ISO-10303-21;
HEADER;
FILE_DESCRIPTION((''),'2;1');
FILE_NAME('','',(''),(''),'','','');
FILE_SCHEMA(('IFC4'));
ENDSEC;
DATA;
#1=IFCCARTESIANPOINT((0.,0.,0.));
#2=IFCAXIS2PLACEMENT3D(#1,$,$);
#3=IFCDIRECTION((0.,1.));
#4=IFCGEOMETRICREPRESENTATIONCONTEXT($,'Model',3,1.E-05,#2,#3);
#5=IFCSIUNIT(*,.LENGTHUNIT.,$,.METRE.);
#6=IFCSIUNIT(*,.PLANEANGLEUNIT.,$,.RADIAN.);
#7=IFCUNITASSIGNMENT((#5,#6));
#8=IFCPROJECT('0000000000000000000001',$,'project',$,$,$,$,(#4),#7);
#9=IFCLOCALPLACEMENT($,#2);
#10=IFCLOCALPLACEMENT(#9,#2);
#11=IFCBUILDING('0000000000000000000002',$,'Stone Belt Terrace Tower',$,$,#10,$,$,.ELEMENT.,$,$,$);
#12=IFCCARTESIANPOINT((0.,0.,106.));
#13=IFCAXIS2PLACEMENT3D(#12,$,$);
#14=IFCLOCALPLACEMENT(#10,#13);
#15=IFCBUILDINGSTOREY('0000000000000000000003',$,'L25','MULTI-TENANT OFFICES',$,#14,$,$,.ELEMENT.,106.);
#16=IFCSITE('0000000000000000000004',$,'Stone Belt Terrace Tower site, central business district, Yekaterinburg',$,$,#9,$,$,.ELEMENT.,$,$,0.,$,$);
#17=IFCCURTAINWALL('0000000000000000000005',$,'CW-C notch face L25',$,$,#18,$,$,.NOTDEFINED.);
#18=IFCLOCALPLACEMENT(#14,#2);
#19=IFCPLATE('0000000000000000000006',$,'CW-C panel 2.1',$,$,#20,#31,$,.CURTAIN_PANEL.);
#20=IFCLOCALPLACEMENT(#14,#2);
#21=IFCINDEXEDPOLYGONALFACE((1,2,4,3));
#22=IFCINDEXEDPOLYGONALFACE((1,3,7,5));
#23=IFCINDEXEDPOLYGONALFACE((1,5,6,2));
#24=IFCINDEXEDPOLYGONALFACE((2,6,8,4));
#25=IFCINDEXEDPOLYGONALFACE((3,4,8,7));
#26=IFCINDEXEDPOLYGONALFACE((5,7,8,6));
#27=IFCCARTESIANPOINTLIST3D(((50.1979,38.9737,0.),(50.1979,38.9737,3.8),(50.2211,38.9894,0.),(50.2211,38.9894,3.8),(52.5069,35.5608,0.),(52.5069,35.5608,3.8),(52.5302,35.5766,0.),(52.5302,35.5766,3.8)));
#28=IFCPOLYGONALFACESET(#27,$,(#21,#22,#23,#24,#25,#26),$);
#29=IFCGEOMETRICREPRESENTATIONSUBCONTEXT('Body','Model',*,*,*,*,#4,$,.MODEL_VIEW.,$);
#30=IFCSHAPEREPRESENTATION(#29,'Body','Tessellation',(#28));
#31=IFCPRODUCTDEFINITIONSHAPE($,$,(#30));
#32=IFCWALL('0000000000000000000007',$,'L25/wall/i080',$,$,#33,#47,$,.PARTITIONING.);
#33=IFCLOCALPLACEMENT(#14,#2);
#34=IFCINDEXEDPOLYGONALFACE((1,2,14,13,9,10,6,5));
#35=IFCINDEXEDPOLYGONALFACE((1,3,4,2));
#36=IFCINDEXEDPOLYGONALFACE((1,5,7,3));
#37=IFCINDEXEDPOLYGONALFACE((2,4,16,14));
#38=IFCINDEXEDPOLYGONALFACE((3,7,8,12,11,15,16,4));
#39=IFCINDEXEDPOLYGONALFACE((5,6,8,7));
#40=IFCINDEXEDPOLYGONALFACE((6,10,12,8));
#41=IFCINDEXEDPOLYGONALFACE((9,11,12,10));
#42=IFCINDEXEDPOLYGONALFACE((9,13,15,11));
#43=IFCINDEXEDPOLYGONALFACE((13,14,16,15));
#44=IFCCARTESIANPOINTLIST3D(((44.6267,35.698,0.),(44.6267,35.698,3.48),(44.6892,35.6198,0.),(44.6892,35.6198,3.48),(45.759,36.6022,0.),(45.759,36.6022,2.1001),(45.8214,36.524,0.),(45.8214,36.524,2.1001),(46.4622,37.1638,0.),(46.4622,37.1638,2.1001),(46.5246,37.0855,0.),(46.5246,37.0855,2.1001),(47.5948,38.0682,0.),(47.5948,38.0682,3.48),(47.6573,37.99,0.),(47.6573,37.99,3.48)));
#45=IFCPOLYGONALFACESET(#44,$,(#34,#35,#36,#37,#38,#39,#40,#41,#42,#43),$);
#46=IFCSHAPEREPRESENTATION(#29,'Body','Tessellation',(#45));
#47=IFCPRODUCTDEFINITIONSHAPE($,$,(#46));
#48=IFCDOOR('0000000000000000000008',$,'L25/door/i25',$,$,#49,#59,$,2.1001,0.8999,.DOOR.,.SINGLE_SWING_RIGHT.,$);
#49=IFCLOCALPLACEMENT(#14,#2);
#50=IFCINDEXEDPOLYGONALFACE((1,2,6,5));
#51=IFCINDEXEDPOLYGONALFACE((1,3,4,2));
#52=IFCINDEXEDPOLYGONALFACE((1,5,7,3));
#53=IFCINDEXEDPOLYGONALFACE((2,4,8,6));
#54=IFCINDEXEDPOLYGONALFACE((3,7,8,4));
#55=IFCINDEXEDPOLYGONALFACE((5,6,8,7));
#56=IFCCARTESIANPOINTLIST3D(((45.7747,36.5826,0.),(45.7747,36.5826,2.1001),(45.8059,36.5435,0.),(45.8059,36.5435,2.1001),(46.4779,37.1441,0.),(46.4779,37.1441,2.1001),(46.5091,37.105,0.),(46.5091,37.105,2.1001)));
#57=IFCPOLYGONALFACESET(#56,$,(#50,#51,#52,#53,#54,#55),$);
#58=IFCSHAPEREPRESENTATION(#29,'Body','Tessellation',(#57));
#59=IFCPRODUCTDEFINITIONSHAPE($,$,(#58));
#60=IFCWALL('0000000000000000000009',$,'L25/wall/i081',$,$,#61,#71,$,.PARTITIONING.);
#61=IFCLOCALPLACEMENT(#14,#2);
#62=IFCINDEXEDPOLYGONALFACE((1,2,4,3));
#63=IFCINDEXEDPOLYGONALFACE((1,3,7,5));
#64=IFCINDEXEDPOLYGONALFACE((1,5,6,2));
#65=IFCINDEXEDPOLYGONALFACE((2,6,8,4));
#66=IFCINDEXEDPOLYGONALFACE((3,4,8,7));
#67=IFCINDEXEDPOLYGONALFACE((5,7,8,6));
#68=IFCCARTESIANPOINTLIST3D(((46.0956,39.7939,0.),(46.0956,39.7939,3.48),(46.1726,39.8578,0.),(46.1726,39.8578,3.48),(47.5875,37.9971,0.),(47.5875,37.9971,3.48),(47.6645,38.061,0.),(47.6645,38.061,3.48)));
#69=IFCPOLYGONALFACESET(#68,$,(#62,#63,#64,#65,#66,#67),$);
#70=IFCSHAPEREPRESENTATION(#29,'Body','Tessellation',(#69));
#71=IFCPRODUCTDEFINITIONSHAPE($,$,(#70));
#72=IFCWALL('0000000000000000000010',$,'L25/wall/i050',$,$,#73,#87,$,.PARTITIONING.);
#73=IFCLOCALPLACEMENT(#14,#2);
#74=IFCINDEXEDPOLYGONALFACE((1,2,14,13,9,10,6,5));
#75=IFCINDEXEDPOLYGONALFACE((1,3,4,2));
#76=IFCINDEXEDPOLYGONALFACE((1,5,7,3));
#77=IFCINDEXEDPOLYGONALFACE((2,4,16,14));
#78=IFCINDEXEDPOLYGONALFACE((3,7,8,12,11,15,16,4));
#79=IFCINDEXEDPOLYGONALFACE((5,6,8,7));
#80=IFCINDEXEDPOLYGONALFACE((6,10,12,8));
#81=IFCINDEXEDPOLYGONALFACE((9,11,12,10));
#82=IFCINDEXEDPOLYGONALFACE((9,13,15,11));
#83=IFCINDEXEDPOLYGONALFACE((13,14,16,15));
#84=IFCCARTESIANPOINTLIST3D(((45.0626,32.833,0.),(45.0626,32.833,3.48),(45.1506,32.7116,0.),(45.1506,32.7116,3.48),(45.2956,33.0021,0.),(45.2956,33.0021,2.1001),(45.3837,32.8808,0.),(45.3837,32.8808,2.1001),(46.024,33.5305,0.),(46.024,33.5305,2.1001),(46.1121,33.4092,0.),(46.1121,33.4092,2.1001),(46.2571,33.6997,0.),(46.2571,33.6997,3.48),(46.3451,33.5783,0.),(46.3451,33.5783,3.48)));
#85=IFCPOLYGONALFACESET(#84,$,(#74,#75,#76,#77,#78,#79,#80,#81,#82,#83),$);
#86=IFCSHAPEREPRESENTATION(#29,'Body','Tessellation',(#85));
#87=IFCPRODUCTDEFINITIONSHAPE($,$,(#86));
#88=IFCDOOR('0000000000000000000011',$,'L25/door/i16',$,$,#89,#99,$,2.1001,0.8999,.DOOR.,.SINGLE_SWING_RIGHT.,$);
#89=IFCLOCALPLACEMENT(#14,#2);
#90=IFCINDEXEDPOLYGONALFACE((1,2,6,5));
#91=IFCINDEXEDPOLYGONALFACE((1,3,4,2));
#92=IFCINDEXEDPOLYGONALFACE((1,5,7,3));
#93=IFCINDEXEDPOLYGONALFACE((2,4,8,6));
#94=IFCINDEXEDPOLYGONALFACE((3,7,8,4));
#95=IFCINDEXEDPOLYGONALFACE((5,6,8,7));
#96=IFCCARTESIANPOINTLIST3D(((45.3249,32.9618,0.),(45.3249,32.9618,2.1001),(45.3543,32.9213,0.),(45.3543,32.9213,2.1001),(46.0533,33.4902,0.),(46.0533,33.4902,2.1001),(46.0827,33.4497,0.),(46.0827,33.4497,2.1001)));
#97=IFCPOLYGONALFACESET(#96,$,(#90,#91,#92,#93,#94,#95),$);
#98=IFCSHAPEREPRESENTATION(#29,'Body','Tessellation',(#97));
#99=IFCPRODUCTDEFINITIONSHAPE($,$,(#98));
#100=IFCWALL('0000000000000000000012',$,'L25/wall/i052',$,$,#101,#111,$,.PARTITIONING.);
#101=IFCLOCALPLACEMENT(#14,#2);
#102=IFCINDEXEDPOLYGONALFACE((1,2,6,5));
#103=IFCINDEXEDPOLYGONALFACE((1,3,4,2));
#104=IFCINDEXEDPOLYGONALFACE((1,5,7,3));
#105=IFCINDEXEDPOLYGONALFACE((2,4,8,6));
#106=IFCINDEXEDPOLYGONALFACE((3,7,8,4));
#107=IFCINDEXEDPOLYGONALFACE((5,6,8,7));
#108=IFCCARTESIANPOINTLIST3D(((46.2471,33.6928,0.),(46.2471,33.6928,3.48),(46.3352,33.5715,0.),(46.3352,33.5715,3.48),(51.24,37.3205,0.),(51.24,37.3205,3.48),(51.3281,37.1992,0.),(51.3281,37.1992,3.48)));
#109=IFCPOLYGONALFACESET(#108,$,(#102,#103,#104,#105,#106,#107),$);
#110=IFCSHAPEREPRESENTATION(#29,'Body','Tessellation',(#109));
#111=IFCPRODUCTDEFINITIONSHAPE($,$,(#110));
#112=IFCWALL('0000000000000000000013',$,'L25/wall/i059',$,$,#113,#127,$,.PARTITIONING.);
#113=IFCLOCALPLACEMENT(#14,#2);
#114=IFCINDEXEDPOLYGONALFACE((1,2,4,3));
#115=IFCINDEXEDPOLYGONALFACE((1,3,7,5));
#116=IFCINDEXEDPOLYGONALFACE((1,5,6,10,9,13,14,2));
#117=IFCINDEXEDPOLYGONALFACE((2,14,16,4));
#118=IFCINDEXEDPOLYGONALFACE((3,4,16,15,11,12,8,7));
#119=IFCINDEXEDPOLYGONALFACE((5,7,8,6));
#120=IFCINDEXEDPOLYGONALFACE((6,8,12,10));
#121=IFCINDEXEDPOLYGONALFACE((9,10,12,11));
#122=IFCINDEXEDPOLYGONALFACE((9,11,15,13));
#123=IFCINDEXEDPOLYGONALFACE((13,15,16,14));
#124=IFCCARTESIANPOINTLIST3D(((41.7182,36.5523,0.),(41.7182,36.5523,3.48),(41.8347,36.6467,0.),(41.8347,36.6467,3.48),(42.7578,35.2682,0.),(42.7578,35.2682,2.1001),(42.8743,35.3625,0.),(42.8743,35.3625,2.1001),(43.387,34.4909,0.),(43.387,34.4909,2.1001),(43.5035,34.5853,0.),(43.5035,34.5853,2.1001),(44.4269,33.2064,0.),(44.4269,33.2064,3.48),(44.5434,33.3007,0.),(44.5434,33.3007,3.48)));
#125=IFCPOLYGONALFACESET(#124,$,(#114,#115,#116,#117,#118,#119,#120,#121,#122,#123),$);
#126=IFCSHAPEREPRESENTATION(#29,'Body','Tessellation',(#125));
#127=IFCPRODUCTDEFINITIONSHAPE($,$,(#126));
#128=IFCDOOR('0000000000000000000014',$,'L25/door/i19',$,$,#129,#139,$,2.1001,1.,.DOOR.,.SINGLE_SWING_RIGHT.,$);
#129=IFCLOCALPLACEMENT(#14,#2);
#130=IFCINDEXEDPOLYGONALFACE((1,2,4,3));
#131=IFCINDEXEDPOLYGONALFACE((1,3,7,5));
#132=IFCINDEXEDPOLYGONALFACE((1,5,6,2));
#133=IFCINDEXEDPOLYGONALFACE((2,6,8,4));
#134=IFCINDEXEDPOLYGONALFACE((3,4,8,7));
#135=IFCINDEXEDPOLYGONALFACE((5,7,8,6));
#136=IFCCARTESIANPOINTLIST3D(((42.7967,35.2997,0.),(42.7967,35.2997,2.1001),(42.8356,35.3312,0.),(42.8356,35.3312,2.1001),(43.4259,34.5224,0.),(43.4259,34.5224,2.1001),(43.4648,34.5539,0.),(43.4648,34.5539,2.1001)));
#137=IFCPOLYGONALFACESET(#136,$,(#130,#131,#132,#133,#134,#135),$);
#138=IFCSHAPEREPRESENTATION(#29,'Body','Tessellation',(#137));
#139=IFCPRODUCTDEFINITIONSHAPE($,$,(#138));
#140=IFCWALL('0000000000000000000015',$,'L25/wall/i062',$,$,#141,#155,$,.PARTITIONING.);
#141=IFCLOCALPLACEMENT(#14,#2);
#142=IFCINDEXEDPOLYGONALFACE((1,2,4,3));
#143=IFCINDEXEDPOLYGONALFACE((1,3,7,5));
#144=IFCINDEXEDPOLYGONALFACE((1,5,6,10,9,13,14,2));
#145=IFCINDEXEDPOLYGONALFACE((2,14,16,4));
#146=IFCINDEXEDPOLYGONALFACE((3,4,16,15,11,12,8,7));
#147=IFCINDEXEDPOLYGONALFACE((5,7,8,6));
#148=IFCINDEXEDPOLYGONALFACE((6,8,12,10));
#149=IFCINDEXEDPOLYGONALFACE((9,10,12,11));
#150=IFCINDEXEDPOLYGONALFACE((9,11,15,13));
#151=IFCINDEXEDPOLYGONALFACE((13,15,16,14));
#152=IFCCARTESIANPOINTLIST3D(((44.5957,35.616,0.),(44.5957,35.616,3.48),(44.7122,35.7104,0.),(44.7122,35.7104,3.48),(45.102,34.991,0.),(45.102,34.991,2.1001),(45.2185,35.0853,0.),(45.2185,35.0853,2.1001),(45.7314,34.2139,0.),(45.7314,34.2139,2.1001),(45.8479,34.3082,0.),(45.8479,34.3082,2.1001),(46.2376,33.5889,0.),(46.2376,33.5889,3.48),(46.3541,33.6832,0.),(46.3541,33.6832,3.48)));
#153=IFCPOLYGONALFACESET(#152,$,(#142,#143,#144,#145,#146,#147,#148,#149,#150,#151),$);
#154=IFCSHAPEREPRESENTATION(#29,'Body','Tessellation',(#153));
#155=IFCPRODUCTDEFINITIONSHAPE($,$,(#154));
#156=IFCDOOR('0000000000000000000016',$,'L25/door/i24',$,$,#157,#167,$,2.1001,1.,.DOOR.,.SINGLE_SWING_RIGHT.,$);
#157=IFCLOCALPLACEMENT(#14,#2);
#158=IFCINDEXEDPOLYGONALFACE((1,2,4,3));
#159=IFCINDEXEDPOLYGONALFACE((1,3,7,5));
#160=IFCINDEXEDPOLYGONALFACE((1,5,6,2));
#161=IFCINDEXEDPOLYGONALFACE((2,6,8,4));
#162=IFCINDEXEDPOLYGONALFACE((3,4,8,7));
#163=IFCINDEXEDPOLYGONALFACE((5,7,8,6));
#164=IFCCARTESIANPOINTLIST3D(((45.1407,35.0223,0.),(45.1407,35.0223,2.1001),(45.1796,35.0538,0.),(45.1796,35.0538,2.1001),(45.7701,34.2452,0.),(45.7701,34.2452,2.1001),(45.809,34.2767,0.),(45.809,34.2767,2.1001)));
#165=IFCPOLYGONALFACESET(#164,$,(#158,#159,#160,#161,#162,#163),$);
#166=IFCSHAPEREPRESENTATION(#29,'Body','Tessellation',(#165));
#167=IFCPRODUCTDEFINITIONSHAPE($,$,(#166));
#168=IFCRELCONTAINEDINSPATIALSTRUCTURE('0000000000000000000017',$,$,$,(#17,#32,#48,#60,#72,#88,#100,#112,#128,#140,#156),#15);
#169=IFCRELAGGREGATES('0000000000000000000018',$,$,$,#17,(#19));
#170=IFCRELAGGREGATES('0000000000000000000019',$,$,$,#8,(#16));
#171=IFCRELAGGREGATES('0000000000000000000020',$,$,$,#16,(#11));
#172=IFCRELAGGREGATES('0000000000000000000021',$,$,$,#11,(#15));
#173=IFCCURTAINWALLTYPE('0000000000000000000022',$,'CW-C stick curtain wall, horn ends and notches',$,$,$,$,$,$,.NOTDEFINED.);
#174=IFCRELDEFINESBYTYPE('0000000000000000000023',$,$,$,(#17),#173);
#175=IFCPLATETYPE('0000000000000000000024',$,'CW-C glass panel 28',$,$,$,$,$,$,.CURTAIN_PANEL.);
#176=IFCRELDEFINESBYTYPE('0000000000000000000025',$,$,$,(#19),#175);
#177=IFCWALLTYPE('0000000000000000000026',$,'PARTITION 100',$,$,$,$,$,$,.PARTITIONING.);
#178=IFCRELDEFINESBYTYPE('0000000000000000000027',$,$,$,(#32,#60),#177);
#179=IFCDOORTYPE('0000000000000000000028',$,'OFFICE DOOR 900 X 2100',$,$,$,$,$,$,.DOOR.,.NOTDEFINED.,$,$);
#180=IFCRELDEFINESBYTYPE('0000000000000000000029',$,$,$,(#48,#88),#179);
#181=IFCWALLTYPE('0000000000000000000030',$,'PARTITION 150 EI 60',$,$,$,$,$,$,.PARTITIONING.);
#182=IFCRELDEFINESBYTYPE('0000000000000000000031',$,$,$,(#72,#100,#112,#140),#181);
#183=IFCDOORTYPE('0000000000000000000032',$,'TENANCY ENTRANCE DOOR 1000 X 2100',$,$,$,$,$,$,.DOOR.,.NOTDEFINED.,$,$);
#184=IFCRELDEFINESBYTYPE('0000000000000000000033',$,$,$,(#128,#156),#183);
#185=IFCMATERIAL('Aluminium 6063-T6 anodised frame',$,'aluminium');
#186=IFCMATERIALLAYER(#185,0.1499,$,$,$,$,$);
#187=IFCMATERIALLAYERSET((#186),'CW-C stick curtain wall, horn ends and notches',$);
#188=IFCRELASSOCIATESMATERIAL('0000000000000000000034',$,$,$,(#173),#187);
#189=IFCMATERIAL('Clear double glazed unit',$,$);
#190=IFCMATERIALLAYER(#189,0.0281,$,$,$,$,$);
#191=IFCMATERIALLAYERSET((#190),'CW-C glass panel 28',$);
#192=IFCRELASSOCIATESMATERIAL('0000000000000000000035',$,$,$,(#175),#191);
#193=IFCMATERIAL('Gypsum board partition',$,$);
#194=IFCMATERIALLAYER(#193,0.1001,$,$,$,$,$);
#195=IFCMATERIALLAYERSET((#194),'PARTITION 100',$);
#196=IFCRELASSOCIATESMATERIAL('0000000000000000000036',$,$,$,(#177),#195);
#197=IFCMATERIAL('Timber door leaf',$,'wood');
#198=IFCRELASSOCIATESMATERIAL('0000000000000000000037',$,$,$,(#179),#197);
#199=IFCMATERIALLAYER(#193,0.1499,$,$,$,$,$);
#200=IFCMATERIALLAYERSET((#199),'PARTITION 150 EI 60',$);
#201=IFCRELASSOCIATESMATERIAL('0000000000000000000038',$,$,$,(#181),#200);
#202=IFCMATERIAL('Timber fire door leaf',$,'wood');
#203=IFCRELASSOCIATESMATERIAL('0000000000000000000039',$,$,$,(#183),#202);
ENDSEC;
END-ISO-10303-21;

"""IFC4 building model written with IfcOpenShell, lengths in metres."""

from ifc_helpers import new_model, si_unit, direction, frame, frame_2d, origin, origin_2d, place, context, subcontext, project, spatial, rectangle, extrude, material, layer, layer_set, type_object, element, fill, aggregate, save


model = new_model("IFC4")

# Units and contexts
model_context = context("Model", 3, precision=1e-05, world=origin(), true_north=direction((0.0, 1.0)))
body_context = subcontext(model_context, "Body", "Model", "MODEL_VIEW")
ifc_project = project(units=[si_unit("LENGTHUNIT", "METRE"), si_unit("PLANEANGLEUNIT", "RADIAN")], contexts=[model_context])

# Site, building, storey
site_placement = place(None, origin())
site = spatial("IfcSite", under=ifc_project, at=site_placement, Name="Stone Belt Terrace Tower site, central business district, Yekaterinburg", CompositionType="ELEMENT", RefElevation=0.0)
building_placement = place(site_placement, origin())
building = spatial("IfcBuilding", under=site, at=building_placement, Name="Stone Belt Terrace Tower", CompositionType="ELEMENT")
storey_placement = place(building_placement, frame((0.0, 0.0, 106.0)))
storey = spatial("IfcBuildingStorey", under=building, at=storey_placement, Name="L25", Description="MULTI-TENANT OFFICES", CompositionType="ELEMENT", Elevation=106.0)

# Curtain wall
ifc_material_1 = material(Name="Aluminium 6063-T6 anodised frame", Category="aluminium")
ifc_layer_1 = layer(ifc_material_1, 0.1499)
ifc_layer_set_1 = layer_set([ifc_layer_1], Name="CW-C stick curtain wall, horn ends and notches")
curtain_wall_type = type_object("IfcCurtainWallType", Name="CW-C stick curtain wall, horn ends and notches", PredefinedType="NOTDEFINED", material=ifc_layer_set_1)
curtain_wall_1_placement = place(storey_placement, origin())
curtain_wall_1 = element("IfcCurtainWall", 1, at=curtain_wall_1_placement, inside=storey, type_object=curtain_wall_type, Name="CW-C notch face L25", PredefinedType="NOTDEFINED")

# Plate
ifc_material_2 = material(Name="Clear double glazed unit")
ifc_layer_2 = layer(ifc_material_2, 0.0281)
ifc_layer_set_2 = layer_set([ifc_layer_2], Name="CW-C glass panel 28")
plate_type = type_object("IfcPlateType", Name="CW-C glass panel 28", PredefinedType="CURTAIN_PANEL", material=ifc_layer_set_2)
plate_1_placement = place(storey_placement, frame((51.364, 37.2751, 0.0), z_axis=(0.0, 0.0, 1.0), x_axis=(-0.560367, 0.828244, 0.0)))
plate_1 = element("IfcPlate", 2, at=plate_1_placement, type_object=plate_type, Name="CW-C panel 2.1", PredefinedType="CURTAIN_PANEL", context=body_context, shape_type="SweptSolid", body=[
    extrude(rectangle(XDim=4.1206, YDim=0.0281, at=origin_2d()), origin(), (0.0, 0.0, 1.0), 3.8),
])
aggregate(curtain_wall_1, [plate_1])

# Wall, opening, door
ifc_material_3 = material(Name="Gypsum board partition")
ifc_layer_3 = layer(ifc_material_3, 0.1001)
ifc_layer_set_3 = layer_set([ifc_layer_3], Name="PARTITION 100")
wall_type_1 = type_object("IfcWallType", Name="PARTITION 100", PredefinedType="PARTITIONING", material=ifc_layer_set_3)
wall_1_placement = place(storey_placement, frame((44.658, 35.6589, 0.0), z_axis=(0.0, 0.0, 1.0), x_axis=(0.78142, 0.624005, 0.0)))
wall_1 = element("IfcWall", 3, at=wall_1_placement, inside=storey, type_object=wall_type_1, Name="L25/wall/i080", PredefinedType="PARTITIONING", context=body_context, shape_type="SweptSolid", body=[
    extrude(rectangle(XDim=3.7983, YDim=0.1001, at=frame_2d((1.8992, 0.0))), origin(), (0.0, 0.0, 1.0), 3.48),
])
opening_1_placement = place(wall_1_placement, frame((1.449, 0.0, 0.0)))
opening_1 = element("IfcOpeningElement", 4, at=opening_1_placement, cuts=wall_1, PredefinedType="OPENING", context=body_context, shape_type="SweptSolid", body=[
    extrude(rectangle(XDim=0.8999, YDim=2.1001, at=frame_2d((0.45, 1.05))), frame((0.0, 0.0601, 0.0), z_axis=(0.0, -1.0, 0.0), x_axis=(1.0, 0.0, 0.0)), (0.0, 0.0, 1.0), 0.1201),
])
ifc_material_4 = material(Name="Timber door leaf", Category="wood")
door_type_1 = type_object("IfcDoorType", Name="OFFICE DOOR 900 X 2100", OperationType="NOTDEFINED", PredefinedType="DOOR", material=ifc_material_4)
door_1_placement = place(opening_1_placement, origin())
door_1 = element("IfcDoor", 5, at=door_1_placement, inside=storey, type_object=door_type_1, Name="L25/door/i25", OperationType="SINGLE_SWING_RIGHT", OverallHeight=2.1001, OverallWidth=0.8999, PredefinedType="DOOR", context=body_context, shape_type="SweptSolid", body=[
    extrude(rectangle(XDim=0.8999, YDim=2.1001, at=frame_2d((0.45, 1.05))), frame((0.0, 0.0249, 0.0), z_axis=(0.0, -1.0, 0.0), x_axis=(1.0, 0.0, 0.0)), (0.0, 0.0, 1.0), 0.05),
])
fill(opening_1, door_1)

# Wall
wall_2_placement = place(storey_placement, frame((47.626, 38.0291, 0.0), z_axis=(0.0, 0.0, 1.0), x_axis=(-0.638806, 0.769368, 0.0)))
element("IfcWall", 6, at=wall_2_placement, inside=storey, type_object=wall_type_1, Name="L25/wall/i081", PredefinedType="PARTITIONING", context=body_context, shape_type="SweptSolid", body=[
    extrude(rectangle(XDim=2.3354, YDim=0.1001, at=frame_2d((1.1677, 0.0))), origin(), (0.0, 0.0, 1.0), 3.48),
])

# Wall, opening, door
ifc_layer_4 = layer(ifc_material_3, 0.1499)
ifc_layer_set_4 = layer_set([ifc_layer_4], Name="PARTITION 150 EI 60")
wall_type_2 = type_object("IfcWallType", Name="PARTITION 150 EI 60", PredefinedType="PARTITIONING", material=ifc_layer_set_4)
wall_3_placement = place(storey_placement, frame((46.301, 33.6389, 0.0), z_axis=(0.0, 0.0, 1.0), x_axis=(-0.809408, -0.587247, 0.0)))
wall_3 = element("IfcWall", 7, at=wall_3_placement, inside=storey, type_object=wall_type_2, Name="L25/wall/i050", PredefinedType="PARTITIONING", context=body_context, shape_type="SweptSolid", body=[
    extrude(rectangle(XDim=1.4758, YDim=0.1499, at=frame_2d((0.7378, 0.0))), origin(), (0.0, 0.0, 1.0), 3.48),
])
opening_2_placement = place(wall_3_placement, frame((0.2878, 0.0, 0.0)))
opening_2 = element("IfcOpeningElement", 8, at=opening_2_placement, cuts=wall_3, PredefinedType="OPENING", context=body_context, shape_type="SweptSolid", body=[
    extrude(rectangle(XDim=0.8999, YDim=2.1001, at=frame_2d((0.45, 1.05))), frame((0.0, 0.085, 0.0), z_axis=(0.0, -1.0, 0.0), x_axis=(1.0, 0.0, 0.0)), (0.0, 0.0, 1.0), 0.1699),
])
door_2_placement = place(opening_2_placement, origin())
door_2 = element("IfcDoor", 9, at=door_2_placement, inside=storey, type_object=door_type_1, Name="L25/door/i16", OperationType="SINGLE_SWING_RIGHT", OverallHeight=2.1001, OverallWidth=0.8999, PredefinedType="DOOR", context=body_context, shape_type="SweptSolid", body=[
    extrude(rectangle(XDim=0.8999, YDim=2.1001, at=frame_2d((0.45, 1.05))), frame((0.0, 0.0249, 0.0), z_axis=(0.0, -1.0, 0.0), x_axis=(1.0, 0.0, 0.0)), (0.0, 0.0, 1.0), 0.05),
])
fill(opening_2, door_2)

# Wall
wall_4_placement = place(storey_placement, frame((46.291, 33.6321, 0.0), z_axis=(0.0, 0.0, 1.0), x_axis=(0.809008, 0.587798, 0.0)))
element("IfcWall", 10, at=wall_4_placement, inside=storey, type_object=wall_type_2, Name="L25/wall/i052", PredefinedType="PARTITIONING", context=body_context, shape_type="SweptSolid", body=[
    extrude(rectangle(XDim=6.1716, YDim=0.1499, at=frame_2d((3.0859, 0.0))), origin(), (0.0, 0.0, 1.0), 3.48),
])

# Walls, openings, doors
wall_5_placement = place(storey_placement, frame((44.4851, 33.2537, 0.0), z_axis=(0.0, 0.0, 1.0), x_axis=(-0.629215, 0.777232, 0.0)))
wall_5 = element("IfcWall", 11, at=wall_5_placement, inside=storey, type_object=wall_type_2, Name="L25/wall/i059", PredefinedType="PARTITIONING", context=body_context, shape_type="SweptSolid", body=[
    extrude(rectangle(XDim=4.3049, YDim=0.1499, at=frame_2d((2.1523, 0.0))), origin(), (0.0, 0.0, 1.0), 3.48),
])
opening_3_placement = place(wall_5_placement, frame((1.6526, 0.0, 0.0)))
opening_3 = element("IfcOpeningElement", 12, at=opening_3_placement, cuts=wall_5, PredefinedType="OPENING", context=body_context, shape_type="SweptSolid", body=[
    extrude(rectangle(XDim=1.0, YDim=2.1001, at=frame_2d((0.5, 1.05))), frame((0.0, 0.085, 0.0), z_axis=(0.0, -1.0, 0.0), x_axis=(1.0, 0.0, 0.0)), (0.0, 0.0, 1.0), 0.1699),
])
ifc_material_5 = material(Name="Timber fire door leaf", Category="wood")
door_type_2 = type_object("IfcDoorType", Name="TENANCY ENTRANCE DOOR 1000 X 2100", OperationType="NOTDEFINED", PredefinedType="DOOR", material=ifc_material_5)
door_3_placement = place(opening_3_placement, origin())
door_3 = element("IfcDoor", 13, at=door_3_placement, inside=storey, type_object=door_type_2, Name="L25/door/i19", OperationType="SINGLE_SWING_RIGHT", OverallHeight=2.1001, OverallWidth=1.0, PredefinedType="DOOR", context=body_context, shape_type="SweptSolid", body=[
    extrude(rectangle(XDim=1.0, YDim=2.1001, at=frame_2d((0.5, 1.05))), frame((0.0, 0.0249, 0.0), z_axis=(0.0, -1.0, 0.0), x_axis=(1.0, 0.0, 0.0)), (0.0, 0.0, 1.0), 0.05),
])
fill(opening_3, door_3)
wall_6_placement = place(storey_placement, frame((44.6541, 35.6631, 0.0), z_axis=(0.0, 0.0, 1.0), x_axis=(0.629397, -0.777084, 0.0)))
wall_6 = element("IfcWall", 14, at=wall_6_placement, inside=storey, type_object=wall_type_2, Name="L25/wall/i062", PredefinedType="PARTITIONING", context=body_context, shape_type="SweptSolid", body=[
    extrude(rectangle(XDim=2.6086, YDim=0.1499, at=frame_2d((1.3042, 0.0))), origin(), (0.0, 0.0, 1.0), 3.48),
])
opening_4_placement = place(wall_6_placement, frame((0.8042, 0.0, 0.0)))
opening_4 = element("IfcOpeningElement", 15, at=opening_4_placement, cuts=wall_6, PredefinedType="OPENING", context=body_context, shape_type="SweptSolid", body=[
    extrude(rectangle(XDim=1.0, YDim=2.1001, at=frame_2d((0.5, 1.05))), frame((0.0, 0.085, 0.0), z_axis=(0.0, -1.0, 0.0), x_axis=(1.0, 0.0, 0.0)), (0.0, 0.0, 1.0), 0.1699),
])
door_4_placement = place(opening_4_placement, origin())
door_4 = element("IfcDoor", 16, at=door_4_placement, inside=storey, type_object=door_type_2, Name="L25/door/i24", OperationType="SINGLE_SWING_RIGHT", OverallHeight=2.1001, OverallWidth=1.0, PredefinedType="DOOR", context=body_context, shape_type="SweptSolid", body=[
    extrude(rectangle(XDim=1.0, YDim=2.1001, at=frame_2d((0.5, 1.05))), frame((0.0, 0.0249, 0.0), z_axis=(0.0, -1.0, 0.0), x_axis=(1.0, 0.0, 0.0)), (0.0, 0.0, 1.0), 0.05),
])
fill(opening_4, door_4)

save(model, "model.ifc")
